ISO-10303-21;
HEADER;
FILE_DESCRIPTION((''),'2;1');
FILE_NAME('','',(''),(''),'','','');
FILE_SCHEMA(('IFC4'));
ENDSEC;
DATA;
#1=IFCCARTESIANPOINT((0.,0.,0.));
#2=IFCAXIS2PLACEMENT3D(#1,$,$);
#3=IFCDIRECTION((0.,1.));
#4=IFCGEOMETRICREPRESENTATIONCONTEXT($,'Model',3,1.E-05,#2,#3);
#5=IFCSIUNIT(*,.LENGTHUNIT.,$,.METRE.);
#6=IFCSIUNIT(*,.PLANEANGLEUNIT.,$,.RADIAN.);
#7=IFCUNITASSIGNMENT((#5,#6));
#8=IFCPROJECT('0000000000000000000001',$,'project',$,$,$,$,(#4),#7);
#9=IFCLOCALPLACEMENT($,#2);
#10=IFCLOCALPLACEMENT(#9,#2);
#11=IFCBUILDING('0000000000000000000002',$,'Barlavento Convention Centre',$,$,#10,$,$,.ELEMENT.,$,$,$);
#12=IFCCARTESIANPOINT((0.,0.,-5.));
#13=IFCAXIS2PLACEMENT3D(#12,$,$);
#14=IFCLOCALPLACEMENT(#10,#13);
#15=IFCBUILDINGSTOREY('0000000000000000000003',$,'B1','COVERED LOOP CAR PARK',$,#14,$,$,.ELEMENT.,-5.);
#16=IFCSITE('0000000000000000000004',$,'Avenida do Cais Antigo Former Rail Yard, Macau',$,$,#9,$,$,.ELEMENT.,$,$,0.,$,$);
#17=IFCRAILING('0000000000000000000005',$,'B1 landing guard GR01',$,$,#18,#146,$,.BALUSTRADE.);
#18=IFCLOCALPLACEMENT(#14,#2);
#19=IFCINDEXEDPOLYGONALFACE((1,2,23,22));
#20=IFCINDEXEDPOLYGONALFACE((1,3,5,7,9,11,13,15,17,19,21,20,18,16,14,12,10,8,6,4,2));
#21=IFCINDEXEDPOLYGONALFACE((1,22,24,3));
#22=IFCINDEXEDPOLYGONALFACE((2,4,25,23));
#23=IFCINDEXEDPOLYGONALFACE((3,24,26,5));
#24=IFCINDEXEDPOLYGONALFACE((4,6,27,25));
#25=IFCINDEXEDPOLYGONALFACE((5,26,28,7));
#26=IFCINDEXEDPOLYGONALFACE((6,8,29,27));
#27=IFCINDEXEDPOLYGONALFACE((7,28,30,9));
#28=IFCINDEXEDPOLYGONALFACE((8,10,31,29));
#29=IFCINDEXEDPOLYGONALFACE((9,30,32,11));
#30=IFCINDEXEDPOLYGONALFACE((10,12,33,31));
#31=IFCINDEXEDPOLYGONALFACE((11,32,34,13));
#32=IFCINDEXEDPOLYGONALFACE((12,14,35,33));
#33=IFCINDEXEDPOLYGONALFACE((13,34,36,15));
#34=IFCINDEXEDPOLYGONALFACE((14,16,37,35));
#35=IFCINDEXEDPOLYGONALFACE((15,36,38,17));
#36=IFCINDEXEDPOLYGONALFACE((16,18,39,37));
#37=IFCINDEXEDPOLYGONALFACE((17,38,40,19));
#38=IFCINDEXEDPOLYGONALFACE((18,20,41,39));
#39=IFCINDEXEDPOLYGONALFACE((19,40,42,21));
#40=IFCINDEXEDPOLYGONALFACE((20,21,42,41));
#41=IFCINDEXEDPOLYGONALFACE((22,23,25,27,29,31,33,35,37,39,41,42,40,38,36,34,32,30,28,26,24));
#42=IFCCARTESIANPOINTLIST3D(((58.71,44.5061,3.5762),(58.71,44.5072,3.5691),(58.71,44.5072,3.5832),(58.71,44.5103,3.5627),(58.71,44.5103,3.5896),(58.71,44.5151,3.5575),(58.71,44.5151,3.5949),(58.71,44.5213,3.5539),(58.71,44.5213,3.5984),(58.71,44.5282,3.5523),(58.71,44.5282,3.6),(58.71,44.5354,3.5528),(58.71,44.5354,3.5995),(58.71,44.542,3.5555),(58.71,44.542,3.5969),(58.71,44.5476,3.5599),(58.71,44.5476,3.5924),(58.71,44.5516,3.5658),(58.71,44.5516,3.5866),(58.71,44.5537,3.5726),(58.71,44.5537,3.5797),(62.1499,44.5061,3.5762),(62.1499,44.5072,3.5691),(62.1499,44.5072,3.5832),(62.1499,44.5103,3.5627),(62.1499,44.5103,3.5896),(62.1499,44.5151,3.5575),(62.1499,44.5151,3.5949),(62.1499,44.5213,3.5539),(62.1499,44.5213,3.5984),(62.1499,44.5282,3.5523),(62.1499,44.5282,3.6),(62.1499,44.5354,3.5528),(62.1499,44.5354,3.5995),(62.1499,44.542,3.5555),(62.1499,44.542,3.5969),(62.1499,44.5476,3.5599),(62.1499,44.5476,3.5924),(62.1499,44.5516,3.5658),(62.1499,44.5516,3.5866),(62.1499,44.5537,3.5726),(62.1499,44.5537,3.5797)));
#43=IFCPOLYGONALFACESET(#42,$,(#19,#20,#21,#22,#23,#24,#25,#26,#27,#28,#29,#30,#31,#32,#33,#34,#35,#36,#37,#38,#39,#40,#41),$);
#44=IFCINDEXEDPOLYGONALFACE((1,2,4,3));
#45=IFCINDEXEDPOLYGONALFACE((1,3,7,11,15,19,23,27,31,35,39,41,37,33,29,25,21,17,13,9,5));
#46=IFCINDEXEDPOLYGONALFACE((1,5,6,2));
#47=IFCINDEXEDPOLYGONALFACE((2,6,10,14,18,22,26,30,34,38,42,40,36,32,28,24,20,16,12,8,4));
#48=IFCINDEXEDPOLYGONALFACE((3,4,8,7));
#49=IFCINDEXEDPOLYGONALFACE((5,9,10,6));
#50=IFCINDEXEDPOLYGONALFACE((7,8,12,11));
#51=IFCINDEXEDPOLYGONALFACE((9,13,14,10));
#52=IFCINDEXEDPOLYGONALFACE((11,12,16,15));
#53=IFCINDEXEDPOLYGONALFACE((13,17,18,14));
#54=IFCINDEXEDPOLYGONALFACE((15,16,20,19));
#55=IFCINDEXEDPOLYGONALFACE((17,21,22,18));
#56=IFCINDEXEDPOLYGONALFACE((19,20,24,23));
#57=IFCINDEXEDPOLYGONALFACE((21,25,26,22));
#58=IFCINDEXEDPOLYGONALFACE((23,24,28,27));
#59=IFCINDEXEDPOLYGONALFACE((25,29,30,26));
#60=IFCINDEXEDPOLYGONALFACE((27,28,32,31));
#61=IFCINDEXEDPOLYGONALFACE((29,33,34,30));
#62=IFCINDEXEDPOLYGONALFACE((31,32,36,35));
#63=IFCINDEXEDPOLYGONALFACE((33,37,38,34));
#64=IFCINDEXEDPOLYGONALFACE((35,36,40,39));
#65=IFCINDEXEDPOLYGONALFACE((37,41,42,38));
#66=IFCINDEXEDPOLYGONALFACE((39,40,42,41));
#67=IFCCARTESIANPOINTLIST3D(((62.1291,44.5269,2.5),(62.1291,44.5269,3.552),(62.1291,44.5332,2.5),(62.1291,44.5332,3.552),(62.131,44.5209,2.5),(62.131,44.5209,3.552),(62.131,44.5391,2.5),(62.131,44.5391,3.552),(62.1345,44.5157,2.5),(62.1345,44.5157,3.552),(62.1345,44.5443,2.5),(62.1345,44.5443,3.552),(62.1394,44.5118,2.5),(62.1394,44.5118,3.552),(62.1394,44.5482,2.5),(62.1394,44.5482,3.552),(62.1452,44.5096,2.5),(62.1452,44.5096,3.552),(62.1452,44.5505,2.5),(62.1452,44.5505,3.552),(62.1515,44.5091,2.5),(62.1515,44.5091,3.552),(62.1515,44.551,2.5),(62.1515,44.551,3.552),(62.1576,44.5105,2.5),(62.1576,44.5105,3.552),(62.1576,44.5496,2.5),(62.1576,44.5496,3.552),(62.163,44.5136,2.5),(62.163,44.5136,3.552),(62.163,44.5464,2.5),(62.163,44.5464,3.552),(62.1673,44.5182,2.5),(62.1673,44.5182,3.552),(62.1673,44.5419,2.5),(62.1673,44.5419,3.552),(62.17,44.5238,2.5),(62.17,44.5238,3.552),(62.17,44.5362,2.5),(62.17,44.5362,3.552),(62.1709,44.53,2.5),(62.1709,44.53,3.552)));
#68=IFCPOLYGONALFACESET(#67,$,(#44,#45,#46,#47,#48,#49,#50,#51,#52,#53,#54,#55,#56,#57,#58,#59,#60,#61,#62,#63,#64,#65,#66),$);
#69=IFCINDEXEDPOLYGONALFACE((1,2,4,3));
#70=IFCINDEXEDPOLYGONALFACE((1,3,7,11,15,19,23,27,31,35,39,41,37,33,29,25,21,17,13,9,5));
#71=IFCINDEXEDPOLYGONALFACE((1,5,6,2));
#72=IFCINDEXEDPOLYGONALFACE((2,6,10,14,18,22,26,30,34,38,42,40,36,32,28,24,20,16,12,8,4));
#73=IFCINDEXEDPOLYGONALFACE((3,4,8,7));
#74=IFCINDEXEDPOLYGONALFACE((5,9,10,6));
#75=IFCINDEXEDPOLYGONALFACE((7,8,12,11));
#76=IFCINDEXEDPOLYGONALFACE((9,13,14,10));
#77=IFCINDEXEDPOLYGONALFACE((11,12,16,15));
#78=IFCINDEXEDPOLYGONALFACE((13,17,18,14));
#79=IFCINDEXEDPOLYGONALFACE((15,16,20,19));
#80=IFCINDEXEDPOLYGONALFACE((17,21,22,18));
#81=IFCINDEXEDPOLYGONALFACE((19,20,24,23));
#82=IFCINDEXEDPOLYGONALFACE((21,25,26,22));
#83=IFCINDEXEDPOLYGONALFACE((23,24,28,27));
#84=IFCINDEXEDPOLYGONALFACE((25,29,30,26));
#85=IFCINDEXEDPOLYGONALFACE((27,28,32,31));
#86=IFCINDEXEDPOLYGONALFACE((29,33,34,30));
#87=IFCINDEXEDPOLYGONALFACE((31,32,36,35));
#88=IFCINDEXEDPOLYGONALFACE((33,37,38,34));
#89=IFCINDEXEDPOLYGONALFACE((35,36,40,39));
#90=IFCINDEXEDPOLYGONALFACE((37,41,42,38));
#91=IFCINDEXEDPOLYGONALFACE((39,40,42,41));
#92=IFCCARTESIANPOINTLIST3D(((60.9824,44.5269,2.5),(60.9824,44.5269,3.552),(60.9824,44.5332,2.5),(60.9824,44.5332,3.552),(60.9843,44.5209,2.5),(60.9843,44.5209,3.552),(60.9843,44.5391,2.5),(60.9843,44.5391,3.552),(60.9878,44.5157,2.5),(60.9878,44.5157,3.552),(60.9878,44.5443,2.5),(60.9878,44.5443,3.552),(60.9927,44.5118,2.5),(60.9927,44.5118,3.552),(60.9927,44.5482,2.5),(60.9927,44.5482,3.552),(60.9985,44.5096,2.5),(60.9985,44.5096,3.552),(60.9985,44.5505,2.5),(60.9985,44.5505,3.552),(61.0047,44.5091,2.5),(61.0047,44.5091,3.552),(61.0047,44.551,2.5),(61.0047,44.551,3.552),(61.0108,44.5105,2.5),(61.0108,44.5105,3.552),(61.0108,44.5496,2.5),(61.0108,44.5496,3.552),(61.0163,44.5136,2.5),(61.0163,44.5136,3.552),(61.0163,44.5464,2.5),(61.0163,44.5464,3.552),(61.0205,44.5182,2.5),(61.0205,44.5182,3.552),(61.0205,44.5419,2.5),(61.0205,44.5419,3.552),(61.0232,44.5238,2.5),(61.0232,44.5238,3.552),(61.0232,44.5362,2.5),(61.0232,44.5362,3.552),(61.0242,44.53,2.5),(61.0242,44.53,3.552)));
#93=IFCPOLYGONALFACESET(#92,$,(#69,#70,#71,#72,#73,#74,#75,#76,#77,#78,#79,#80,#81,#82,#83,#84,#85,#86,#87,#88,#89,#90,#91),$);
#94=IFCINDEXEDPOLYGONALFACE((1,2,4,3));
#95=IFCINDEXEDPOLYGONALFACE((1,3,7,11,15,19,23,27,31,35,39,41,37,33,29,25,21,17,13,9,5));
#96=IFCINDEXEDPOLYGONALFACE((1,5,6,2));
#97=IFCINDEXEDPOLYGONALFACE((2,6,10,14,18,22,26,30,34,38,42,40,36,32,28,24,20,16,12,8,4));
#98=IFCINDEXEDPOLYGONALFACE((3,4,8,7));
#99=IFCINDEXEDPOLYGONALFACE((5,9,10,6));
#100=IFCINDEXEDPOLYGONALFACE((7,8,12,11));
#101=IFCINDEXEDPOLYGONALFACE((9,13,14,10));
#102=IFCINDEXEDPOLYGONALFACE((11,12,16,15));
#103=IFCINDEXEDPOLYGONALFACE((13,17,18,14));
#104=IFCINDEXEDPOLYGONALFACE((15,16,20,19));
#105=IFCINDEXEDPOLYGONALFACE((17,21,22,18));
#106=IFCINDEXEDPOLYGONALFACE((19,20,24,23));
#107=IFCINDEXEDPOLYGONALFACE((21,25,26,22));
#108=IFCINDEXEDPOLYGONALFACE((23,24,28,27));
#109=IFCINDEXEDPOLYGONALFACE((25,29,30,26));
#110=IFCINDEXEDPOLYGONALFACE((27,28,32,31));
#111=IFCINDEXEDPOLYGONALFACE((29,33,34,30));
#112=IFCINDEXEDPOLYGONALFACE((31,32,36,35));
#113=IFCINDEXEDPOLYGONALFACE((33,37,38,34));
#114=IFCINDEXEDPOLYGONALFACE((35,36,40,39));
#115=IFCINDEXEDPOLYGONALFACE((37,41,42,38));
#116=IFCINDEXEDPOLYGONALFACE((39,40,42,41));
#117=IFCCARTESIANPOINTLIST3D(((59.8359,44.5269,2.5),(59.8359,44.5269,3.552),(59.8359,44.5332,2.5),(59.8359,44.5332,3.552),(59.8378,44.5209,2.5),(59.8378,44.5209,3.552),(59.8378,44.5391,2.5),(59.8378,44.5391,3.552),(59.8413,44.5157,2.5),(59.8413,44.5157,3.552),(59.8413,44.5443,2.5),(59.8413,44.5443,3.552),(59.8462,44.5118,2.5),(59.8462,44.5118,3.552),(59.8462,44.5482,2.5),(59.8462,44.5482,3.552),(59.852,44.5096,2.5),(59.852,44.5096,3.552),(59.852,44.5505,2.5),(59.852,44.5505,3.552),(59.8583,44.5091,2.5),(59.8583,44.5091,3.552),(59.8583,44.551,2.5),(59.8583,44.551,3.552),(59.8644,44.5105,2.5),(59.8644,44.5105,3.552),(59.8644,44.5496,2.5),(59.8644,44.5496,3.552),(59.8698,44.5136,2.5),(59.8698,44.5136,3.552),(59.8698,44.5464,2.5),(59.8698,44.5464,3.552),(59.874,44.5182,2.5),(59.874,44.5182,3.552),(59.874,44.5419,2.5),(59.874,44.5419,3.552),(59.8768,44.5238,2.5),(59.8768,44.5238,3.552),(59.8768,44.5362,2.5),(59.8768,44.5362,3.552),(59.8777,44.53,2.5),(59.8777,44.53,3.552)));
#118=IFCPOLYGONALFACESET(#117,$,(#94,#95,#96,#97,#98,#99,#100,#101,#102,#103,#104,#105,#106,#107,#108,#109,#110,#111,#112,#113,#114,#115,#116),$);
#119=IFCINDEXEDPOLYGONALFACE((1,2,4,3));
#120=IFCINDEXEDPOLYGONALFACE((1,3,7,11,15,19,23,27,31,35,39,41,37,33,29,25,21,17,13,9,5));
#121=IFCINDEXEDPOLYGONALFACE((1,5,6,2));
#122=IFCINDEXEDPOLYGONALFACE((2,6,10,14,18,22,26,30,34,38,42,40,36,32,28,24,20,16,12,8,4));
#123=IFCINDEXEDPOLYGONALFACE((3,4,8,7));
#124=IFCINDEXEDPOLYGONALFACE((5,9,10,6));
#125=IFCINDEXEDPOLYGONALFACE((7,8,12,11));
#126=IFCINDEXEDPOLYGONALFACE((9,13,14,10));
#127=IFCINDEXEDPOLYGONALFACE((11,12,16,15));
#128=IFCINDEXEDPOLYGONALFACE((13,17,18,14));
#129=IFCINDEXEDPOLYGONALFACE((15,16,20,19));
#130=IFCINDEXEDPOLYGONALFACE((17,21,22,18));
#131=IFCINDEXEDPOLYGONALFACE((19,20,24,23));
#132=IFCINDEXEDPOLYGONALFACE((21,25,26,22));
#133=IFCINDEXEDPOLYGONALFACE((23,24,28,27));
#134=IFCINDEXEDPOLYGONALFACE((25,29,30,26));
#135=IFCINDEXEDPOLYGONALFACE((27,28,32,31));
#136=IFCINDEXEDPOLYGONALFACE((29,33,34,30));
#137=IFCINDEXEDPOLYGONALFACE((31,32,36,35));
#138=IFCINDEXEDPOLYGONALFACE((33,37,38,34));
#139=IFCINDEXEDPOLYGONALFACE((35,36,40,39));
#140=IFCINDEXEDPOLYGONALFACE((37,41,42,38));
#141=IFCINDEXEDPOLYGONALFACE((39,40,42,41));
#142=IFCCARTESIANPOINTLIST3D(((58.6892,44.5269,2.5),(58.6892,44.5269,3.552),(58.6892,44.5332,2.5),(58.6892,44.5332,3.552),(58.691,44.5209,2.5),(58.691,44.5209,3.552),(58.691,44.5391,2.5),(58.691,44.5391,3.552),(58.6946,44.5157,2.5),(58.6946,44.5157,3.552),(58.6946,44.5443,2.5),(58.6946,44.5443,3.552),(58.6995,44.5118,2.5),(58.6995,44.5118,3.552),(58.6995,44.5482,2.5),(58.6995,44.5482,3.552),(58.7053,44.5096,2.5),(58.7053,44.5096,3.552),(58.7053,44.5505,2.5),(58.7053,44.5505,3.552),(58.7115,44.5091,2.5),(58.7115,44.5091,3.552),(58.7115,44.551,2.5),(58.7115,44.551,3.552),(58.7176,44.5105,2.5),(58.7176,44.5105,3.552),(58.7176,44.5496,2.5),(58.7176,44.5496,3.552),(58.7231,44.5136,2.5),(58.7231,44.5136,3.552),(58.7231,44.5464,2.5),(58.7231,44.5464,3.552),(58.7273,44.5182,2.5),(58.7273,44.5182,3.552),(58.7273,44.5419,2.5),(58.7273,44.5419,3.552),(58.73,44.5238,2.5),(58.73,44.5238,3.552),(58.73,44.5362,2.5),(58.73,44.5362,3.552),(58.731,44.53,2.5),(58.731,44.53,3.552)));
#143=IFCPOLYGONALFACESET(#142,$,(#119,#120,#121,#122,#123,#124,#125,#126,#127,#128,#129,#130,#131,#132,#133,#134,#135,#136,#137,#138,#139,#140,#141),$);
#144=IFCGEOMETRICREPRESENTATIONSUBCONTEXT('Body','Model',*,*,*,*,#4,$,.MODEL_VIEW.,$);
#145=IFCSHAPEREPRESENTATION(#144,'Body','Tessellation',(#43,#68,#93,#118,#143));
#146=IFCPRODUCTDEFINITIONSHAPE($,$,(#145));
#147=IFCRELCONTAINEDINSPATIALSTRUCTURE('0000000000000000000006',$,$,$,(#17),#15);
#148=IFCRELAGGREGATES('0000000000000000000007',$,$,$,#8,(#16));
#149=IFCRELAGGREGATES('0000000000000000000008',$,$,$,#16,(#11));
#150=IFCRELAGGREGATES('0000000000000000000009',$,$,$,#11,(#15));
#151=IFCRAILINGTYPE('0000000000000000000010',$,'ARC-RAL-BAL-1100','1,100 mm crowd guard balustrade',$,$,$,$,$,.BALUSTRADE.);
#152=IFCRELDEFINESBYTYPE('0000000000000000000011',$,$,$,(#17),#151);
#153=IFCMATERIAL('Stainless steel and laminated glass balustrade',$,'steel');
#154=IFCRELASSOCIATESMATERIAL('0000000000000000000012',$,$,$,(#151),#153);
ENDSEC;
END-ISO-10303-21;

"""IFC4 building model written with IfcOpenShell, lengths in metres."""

from ifc_helpers import new_model, si_unit, direction, frame, origin, origin_2d, place, context, subcontext, project, spatial, circle, extrude, material, type_object, element, save


model = new_model("IFC4")

# Units and contexts
model_context = context("Model", 3, precision=1e-05, world=origin(), true_north=direction((0.0, 1.0)))
body_context = subcontext(model_context, "Body", "Model", "MODEL_VIEW")
ifc_project = project(units=[si_unit("LENGTHUNIT", "METRE"), si_unit("PLANEANGLEUNIT", "RADIAN")], contexts=[model_context])

# Site, building, storey
site_placement = place(None, origin())
site = spatial("IfcSite", under=ifc_project, at=site_placement, Name="Avenida do Cais Antigo Former Rail Yard, Macau", CompositionType="ELEMENT", RefElevation=0.0)
building_placement = place(site_placement, origin())
building = spatial("IfcBuilding", under=site, at=building_placement, Name="Barlavento Convention Centre", CompositionType="ELEMENT")
storey_placement = place(building_placement, frame((0.0, 0.0, -5.0)))
storey = spatial("IfcBuildingStorey", under=building, at=storey_placement, Name="B1", Description="COVERED LOOP CAR PARK", CompositionType="ELEMENT", Elevation=-5.0)

# Railing
ifc_material_1 = material(Name="Stainless steel and laminated glass balustrade", Category="steel")
railing_type_1 = type_object("IfcRailingType", Name="ARC-RAL-BAL-1100", Description="1,100 mm crowd guard balustrade", PredefinedType="BALUSTRADE", material=ifc_material_1)
railing_1_placement = place(storey_placement, frame((62.1499, 44.53, 2.5)))
element("IfcRailing", 1, at=railing_1_placement, inside=storey, type_object=railing_type_1, Name="B1 landing guard GR01", PredefinedType="BALUSTRADE", context=body_context, shape_type="SweptSolid", body=[
    extrude(circle(Radius=0.0239, at=origin_2d()), frame((0.0, 0.0, 1.0762), z_axis=(-1.0, 0.0, 0.0), x_axis=(0.0, -1.0, 0.0)), (0.0, 0.0, 1.0), 3.4399),
    extrude(circle(Radius=0.021, at=origin_2d()), origin(), (0.0, 0.0, 1.0), 1.052),
    extrude(circle(Radius=0.021, at=origin_2d()), frame((-1.1467, 0.0, 0.0)), (0.0, 0.0, 1.0), 1.052),
    extrude(circle(Radius=0.021, at=origin_2d()), frame((-2.2932, 0.0, 0.0)), (0.0, 0.0, 1.0), 1.052),
    extrude(circle(Radius=0.021, at=origin_2d()), frame((-3.4399, 0.0, 0.0)), (0.0, 0.0, 1.0), 1.052),
])

save(model, "model.ifc")
